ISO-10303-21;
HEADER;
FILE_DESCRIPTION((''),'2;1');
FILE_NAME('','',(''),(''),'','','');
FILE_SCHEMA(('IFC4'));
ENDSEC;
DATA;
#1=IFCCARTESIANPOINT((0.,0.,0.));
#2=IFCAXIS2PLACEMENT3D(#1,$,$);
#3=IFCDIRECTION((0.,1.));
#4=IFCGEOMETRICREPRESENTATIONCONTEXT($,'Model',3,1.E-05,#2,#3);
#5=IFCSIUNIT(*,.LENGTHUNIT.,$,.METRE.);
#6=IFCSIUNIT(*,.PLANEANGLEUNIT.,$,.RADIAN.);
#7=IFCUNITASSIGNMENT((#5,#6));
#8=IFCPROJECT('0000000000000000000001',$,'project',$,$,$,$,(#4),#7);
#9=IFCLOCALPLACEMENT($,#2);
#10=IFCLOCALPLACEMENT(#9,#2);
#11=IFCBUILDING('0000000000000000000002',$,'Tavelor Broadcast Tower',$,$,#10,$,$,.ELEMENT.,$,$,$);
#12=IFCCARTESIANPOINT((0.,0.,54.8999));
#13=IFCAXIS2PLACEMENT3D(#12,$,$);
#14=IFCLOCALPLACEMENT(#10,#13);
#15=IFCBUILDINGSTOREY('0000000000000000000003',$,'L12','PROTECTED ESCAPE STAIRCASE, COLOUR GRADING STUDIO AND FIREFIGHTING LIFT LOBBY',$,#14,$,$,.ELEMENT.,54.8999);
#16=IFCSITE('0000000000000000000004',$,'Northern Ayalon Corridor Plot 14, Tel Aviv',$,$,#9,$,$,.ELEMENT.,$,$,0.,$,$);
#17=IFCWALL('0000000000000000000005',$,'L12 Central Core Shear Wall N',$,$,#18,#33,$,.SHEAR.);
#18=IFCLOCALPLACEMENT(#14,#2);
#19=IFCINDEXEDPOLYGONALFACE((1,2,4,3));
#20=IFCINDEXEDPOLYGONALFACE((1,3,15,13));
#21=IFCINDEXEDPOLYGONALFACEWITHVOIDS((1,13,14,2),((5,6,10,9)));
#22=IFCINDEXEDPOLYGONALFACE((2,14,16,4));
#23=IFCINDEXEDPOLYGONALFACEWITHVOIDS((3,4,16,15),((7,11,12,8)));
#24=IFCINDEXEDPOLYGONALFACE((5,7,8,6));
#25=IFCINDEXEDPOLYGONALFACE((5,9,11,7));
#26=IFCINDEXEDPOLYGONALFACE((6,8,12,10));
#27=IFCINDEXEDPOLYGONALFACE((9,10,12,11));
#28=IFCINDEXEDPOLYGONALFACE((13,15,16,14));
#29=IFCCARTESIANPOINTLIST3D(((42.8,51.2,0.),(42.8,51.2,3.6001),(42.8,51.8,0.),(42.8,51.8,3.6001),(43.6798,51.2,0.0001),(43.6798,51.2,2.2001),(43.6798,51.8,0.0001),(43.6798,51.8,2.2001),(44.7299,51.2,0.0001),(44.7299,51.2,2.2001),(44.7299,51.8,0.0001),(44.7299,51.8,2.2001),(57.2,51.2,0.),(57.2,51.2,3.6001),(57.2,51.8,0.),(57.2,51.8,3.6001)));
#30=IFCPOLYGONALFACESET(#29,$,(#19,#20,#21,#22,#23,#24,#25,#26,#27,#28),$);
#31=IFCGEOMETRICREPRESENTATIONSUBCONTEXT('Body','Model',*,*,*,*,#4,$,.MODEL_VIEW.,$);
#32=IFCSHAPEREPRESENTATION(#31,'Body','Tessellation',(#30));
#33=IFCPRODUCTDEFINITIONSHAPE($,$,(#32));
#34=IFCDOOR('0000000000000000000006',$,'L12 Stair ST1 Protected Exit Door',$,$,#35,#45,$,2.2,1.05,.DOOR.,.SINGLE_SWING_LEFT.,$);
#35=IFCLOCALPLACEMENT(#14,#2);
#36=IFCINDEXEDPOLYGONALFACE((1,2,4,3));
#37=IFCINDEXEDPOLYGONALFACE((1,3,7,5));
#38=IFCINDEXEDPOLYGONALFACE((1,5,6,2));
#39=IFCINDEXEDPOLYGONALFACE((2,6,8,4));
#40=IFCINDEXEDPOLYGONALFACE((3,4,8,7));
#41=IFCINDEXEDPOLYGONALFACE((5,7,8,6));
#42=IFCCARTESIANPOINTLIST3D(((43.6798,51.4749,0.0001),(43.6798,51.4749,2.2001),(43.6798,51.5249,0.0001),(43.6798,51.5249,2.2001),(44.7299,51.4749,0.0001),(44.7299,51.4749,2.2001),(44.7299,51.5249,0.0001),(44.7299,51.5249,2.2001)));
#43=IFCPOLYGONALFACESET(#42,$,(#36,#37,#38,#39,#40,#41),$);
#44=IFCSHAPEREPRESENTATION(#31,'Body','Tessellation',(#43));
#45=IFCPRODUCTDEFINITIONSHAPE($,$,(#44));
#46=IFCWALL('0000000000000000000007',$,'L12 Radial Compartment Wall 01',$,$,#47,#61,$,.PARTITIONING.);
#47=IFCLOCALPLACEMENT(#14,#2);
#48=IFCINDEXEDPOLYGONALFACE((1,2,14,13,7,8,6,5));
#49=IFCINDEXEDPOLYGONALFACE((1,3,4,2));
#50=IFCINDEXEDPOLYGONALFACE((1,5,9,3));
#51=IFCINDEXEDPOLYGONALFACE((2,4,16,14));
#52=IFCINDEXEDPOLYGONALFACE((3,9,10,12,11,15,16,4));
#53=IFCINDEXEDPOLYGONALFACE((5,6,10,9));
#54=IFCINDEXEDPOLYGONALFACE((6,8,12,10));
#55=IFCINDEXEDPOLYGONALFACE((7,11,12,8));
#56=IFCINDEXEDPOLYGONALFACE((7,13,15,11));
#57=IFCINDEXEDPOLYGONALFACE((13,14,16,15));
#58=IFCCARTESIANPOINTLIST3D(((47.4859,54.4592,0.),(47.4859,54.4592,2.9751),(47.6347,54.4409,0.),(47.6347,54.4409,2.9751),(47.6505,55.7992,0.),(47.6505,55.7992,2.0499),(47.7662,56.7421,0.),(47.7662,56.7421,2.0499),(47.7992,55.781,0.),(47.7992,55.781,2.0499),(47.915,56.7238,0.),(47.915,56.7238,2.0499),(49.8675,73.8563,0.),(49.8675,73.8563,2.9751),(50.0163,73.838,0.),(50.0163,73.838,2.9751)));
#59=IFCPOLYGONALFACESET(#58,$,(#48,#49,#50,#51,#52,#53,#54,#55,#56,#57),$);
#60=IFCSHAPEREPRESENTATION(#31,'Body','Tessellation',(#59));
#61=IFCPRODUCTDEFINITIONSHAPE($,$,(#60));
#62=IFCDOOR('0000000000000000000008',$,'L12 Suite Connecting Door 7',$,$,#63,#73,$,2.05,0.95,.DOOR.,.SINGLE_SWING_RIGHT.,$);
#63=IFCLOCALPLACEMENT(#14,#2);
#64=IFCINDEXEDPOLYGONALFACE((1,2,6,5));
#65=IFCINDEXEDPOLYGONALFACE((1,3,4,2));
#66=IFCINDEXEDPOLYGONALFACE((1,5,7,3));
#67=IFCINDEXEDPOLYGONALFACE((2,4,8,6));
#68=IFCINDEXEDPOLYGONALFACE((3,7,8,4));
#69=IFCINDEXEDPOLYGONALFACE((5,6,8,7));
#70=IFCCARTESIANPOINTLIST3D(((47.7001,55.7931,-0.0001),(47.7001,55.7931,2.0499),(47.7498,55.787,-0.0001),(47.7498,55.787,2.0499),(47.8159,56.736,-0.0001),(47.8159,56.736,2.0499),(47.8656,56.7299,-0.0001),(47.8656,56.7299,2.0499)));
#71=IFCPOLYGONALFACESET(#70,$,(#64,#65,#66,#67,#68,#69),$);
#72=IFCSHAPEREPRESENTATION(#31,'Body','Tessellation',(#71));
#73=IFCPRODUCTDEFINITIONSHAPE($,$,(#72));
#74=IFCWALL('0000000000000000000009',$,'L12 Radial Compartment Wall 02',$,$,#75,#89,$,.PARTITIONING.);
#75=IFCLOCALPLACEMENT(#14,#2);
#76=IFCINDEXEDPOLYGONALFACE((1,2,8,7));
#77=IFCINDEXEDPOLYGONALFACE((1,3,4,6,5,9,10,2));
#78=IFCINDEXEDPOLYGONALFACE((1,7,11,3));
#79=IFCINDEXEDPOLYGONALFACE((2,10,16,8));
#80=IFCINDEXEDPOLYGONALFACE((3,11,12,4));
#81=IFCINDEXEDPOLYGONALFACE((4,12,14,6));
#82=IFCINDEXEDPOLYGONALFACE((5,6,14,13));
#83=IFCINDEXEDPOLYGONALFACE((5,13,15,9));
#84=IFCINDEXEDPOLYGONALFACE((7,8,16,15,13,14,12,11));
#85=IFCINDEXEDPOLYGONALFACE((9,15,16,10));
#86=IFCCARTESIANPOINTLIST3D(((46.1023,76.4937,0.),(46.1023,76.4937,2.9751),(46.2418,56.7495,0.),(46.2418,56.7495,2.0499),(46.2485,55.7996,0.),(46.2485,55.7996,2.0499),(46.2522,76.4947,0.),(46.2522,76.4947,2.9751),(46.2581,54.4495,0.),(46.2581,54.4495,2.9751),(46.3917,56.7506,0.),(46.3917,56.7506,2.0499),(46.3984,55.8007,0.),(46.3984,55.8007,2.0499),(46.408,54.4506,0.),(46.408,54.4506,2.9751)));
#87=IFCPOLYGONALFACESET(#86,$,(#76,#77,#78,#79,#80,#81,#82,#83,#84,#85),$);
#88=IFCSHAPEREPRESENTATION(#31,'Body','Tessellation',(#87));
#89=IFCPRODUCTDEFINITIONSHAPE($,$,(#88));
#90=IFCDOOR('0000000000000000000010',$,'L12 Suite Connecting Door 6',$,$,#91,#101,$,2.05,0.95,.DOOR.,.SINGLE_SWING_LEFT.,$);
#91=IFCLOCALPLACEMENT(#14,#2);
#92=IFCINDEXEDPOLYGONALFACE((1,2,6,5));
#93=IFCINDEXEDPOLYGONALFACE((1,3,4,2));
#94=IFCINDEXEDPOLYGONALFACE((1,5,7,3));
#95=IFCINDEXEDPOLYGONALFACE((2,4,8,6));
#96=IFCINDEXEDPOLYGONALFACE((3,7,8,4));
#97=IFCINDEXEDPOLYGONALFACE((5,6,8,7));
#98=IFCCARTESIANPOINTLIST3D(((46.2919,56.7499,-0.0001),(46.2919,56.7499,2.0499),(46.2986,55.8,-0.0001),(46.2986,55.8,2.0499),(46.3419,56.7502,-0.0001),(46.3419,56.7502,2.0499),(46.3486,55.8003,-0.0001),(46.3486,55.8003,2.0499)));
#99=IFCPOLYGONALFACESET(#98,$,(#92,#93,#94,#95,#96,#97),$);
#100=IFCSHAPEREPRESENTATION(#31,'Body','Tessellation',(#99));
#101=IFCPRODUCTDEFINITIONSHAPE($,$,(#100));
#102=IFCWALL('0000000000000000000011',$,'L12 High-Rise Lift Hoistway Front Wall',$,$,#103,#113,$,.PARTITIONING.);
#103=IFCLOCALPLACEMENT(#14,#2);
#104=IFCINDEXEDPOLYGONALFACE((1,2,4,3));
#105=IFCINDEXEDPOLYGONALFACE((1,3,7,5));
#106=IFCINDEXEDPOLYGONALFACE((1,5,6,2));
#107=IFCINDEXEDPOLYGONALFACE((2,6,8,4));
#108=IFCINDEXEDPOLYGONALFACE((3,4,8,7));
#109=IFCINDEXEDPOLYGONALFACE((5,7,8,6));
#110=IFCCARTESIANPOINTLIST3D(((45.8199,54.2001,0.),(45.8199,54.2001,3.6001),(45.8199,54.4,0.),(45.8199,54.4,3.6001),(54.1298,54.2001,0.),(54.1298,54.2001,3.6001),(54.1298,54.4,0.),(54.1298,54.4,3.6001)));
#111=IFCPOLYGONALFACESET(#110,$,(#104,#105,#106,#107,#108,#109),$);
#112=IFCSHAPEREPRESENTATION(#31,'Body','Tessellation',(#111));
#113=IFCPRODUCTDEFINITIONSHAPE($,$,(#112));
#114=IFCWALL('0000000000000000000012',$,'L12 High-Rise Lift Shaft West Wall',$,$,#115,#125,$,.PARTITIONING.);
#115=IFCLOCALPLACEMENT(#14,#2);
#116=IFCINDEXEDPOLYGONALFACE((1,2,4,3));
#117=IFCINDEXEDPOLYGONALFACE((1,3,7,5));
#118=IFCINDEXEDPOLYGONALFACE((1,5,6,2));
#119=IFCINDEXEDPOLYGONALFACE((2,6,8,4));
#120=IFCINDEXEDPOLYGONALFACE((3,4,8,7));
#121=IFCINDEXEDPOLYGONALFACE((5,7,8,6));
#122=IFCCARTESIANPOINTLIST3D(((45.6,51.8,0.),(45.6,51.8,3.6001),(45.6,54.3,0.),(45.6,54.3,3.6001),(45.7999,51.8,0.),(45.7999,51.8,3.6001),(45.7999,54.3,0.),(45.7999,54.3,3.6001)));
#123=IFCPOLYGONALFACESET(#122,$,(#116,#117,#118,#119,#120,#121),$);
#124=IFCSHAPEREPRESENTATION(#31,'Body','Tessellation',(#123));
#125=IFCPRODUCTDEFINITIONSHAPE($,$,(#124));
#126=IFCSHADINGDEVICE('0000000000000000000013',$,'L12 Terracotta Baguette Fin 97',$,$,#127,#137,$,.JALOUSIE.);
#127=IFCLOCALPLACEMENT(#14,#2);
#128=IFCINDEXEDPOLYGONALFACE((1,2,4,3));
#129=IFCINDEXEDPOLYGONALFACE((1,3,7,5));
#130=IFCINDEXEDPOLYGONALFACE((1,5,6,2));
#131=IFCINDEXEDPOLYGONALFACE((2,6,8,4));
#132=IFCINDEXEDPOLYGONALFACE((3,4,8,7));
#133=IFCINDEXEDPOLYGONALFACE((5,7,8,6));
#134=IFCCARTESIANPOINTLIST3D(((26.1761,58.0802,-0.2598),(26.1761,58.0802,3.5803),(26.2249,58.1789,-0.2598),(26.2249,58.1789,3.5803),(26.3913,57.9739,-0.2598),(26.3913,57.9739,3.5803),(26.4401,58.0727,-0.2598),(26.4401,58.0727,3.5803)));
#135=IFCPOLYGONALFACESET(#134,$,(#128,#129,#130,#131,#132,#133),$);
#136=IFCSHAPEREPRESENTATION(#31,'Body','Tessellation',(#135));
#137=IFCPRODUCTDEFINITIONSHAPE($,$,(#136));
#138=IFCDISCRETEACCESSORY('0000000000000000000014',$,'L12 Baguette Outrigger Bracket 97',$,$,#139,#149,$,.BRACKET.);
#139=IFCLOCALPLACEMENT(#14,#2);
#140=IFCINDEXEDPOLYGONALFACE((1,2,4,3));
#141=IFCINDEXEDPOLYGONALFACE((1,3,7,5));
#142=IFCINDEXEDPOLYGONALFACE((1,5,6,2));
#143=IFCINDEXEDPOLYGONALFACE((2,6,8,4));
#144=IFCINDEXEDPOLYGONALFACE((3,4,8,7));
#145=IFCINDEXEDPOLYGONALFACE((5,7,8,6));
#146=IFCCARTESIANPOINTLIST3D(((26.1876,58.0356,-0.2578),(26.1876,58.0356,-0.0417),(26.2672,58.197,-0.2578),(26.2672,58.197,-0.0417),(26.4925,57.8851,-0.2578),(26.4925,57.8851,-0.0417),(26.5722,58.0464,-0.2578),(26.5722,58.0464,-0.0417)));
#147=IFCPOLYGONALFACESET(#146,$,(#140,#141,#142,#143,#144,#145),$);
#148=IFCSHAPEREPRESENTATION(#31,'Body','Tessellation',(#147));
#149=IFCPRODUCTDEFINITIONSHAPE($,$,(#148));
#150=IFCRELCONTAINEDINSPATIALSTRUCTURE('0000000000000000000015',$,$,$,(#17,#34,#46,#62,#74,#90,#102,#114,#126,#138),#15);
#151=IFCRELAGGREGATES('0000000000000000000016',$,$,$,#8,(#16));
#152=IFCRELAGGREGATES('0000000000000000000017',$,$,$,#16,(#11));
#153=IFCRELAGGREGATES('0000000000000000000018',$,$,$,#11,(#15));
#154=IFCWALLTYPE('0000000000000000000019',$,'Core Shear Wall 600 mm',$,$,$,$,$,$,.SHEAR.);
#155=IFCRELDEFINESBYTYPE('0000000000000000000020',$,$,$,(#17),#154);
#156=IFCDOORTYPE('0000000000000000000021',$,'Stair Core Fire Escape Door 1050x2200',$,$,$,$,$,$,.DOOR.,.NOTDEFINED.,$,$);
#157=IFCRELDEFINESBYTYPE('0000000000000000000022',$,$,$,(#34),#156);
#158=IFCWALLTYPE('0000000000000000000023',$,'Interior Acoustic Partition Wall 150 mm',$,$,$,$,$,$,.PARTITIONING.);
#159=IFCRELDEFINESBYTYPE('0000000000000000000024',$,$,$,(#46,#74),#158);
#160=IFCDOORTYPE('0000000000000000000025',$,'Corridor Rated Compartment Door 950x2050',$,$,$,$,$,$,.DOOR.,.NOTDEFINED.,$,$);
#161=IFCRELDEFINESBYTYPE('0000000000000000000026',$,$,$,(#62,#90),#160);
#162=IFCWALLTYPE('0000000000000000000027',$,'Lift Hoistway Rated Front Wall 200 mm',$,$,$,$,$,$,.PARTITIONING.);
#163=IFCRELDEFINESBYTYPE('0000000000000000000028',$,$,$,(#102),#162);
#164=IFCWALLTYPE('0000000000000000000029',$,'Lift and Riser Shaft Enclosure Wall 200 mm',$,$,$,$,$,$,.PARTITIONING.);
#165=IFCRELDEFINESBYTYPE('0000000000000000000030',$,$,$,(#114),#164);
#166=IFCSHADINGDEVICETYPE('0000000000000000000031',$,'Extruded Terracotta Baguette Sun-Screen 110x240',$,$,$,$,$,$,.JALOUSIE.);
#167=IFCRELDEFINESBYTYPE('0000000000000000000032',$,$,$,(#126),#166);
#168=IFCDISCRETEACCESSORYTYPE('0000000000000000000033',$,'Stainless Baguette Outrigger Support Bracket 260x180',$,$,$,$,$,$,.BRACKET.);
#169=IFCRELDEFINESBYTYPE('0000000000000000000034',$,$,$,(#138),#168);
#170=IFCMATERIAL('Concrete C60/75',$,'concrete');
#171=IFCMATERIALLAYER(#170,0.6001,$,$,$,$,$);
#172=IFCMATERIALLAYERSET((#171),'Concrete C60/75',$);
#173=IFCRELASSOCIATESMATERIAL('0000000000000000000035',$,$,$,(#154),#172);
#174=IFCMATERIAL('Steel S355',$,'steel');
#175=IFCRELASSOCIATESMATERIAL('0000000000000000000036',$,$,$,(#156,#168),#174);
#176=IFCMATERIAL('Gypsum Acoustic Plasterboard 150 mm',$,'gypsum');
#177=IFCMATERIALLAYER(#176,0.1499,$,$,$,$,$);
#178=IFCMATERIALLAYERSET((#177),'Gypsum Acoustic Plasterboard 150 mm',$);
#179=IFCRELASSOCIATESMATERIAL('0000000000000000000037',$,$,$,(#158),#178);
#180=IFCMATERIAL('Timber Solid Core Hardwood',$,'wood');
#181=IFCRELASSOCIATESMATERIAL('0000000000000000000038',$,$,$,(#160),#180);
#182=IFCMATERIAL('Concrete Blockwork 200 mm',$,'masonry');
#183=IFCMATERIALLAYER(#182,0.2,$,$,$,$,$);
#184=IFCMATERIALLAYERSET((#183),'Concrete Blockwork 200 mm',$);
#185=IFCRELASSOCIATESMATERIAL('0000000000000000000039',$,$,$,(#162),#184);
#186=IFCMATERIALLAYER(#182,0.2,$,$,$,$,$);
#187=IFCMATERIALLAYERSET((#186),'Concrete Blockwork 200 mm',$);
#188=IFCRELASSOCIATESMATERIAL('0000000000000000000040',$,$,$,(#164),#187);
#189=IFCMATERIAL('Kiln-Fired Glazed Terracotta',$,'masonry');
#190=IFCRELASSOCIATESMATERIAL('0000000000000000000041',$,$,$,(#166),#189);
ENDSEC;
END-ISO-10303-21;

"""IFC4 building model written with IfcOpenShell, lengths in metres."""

from ifc_helpers import new_model, si_unit, direction, frame, frame_2d, origin, origin_2d, place, context, subcontext, project, spatial, rectangle, extrude, source, transform, mapped, material, layer, layer_set, type_object, type_shapes, element, fill, save


model = new_model("IFC4")

# Units and contexts
model_context = context("Model", 3, precision=1e-05, world=origin(), true_north=direction((0.0, 1.0)))
body_context = subcontext(model_context, "Body", "Model", "MODEL_VIEW")
ifc_project = project(units=[si_unit("LENGTHUNIT", "METRE"), si_unit("PLANEANGLEUNIT", "RADIAN")], contexts=[model_context])

# Site, building, storey
site_placement = place(None, origin())
site = spatial("IfcSite", under=ifc_project, at=site_placement, Name="Northern Ayalon Corridor Plot 14, Tel Aviv", CompositionType="ELEMENT", RefElevation=0.0)
building_placement = place(site_placement, origin())
building = spatial("IfcBuilding", under=site, at=building_placement, Name="Tavelor Broadcast Tower", CompositionType="ELEMENT")
storey_placement = place(building_placement, frame((0.0, 0.0, 54.8999)))
storey = spatial("IfcBuildingStorey", under=building, at=storey_placement, Name="L12", Description="PROTECTED ESCAPE STAIRCASE, COLOUR GRADING STUDIO AND FIREFIGHTING LIFT LOBBY", CompositionType="ELEMENT", Elevation=54.8999)

# Shared definitions
ifc_material_1 = material(Name="Steel S355", Category="steel")

# Walls, openings, doors
ifc_material_2 = material(Name="Concrete C60/75", Category="concrete")
ifc_layer_1 = layer(ifc_material_2, 0.6001)
ifc_layer_set_1 = layer_set([ifc_layer_1], Name="Concrete C60/75")
wall_type_1 = type_object("IfcWallType", Name="Core Shear Wall 600 mm", PredefinedType="SHEAR", material=ifc_layer_set_1)
wall_1_placement = place(storey_placement, frame((42.8, 51.5, 0.0), z_axis=(0.0, 0.0, 1.0), x_axis=(1.0, 0.0, 0.0)))
wall_1 = element("IfcWall", 1, at=wall_1_placement, inside=storey, type_object=wall_type_1, Name="L12 Central Core Shear Wall N", PredefinedType="SHEAR", context=body_context, shape_type="SweptSolid", body=[
    extrude(rectangle(XDim=14.3999, YDim=0.6001, at=frame_2d((7.2, 0.0))), origin(), (0.0, 0.0, 1.0), 3.6001),
])
opening_1_placement = place(wall_1_placement, frame((0.8799, 0.0, 0.0)))
opening_1 = element("IfcOpeningElement", 2, at=opening_1_placement, cuts=wall_1, PredefinedType="OPENING", context=body_context, shape_type="SweptSolid", body=[
    extrude(rectangle(XDim=1.05, YDim=2.2, at=frame_2d((0.5249, 1.1001))), frame((0.0, 0.3101, 0.0), z_axis=(0.0, -1.0, 0.0), x_axis=(1.0, 0.0, 0.0)), (0.0, 0.0, 1.0), 0.6201),
])
door_type_1 = type_object("IfcDoorType", Name="Stair Core Fire Escape Door 1050x2200", OperationType="NOTDEFINED", PredefinedType="DOOR", material=ifc_material_1)
door_1_placement = place(opening_1_placement, origin())
door_1 = element("IfcDoor", 3, at=door_1_placement, inside=storey, type_object=door_type_1, Name="L12 Stair ST1 Protected Exit Door", OperationType="SINGLE_SWING_LEFT", OverallHeight=2.2, OverallWidth=1.05, PredefinedType="DOOR", context=body_context, shape_type="SweptSolid", body=[
    extrude(rectangle(XDim=1.05, YDim=2.2, at=frame_2d((0.5249, 1.1001))), frame((0.0, 0.0249, 0.0), z_axis=(0.0, -1.0, 0.0), x_axis=(1.0, 0.0, 0.0)), (0.0, 0.0, 1.0), 0.05),
])
fill(opening_1, door_1)
ifc_material_3 = material(Name="Gypsum Acoustic Plasterboard 150 mm", Category="gypsum")
ifc_layer_2 = layer(ifc_material_3, 0.1499)
ifc_layer_set_2 = layer_set([ifc_layer_2], Name="Gypsum Acoustic Plasterboard 150 mm")
wall_type_2 = type_object("IfcWallType", Name="Interior Acoustic Partition Wall 150 mm", PredefinedType="PARTITIONING", material=ifc_layer_set_2)
wall_2_placement = place(storey_placement, frame((47.5603, 54.45, 0.0), z_axis=(0.0, 0.0, 1.0), x_axis=(0.121866, 0.992547, 0.0)))
wall_2 = element("IfcWall", 4, at=wall_2_placement, inside=storey, type_object=wall_type_2, Name="L12 Radial Compartment Wall 01", PredefinedType="PARTITIONING", context=body_context, shape_type="SweptSolid", body=[
    extrude(rectangle(XDim=19.5427, YDim=0.1499, at=frame_2d((9.7715, 0.0))), origin(), (0.0, 0.0, 1.0), 2.9751),
])
opening_2_placement = place(wall_2_placement, frame((1.3501, 0.0, 0.0)))
opening_2 = element("IfcOpeningElement", 5, at=opening_2_placement, cuts=wall_2, PredefinedType="OPENING", context=body_context, shape_type="SweptSolid", body=[
    extrude(rectangle(XDim=0.95, YDim=2.05, at=frame_2d((0.4751, 1.0249))), frame((0.0, 0.085, 0.0), z_axis=(0.0, -1.0, 0.0), x_axis=(1.0, 0.0, 0.0)), (0.0, 0.0, 1.0), 0.1699),
])
ifc_material_4 = material(Name="Timber Solid Core Hardwood", Category="wood")
door_type_2 = type_object("IfcDoorType", Name="Corridor Rated Compartment Door 950x2050", OperationType="NOTDEFINED", PredefinedType="DOOR", material=ifc_material_4)
door_2_placement = place(opening_2_placement, origin())
door_2 = element("IfcDoor", 6, at=door_2_placement, inside=storey, type_object=door_type_2, Name="L12 Suite Connecting Door 7", OperationType="SINGLE_SWING_RIGHT", OverallHeight=2.05, OverallWidth=0.95, PredefinedType="DOOR", context=body_context, shape_type="SweptSolid", body=[
    extrude(rectangle(XDim=0.95, YDim=2.05, at=frame_2d((0.4751, 1.0249))), frame((0.0, 0.0249, 0.0), z_axis=(0.0, -1.0, 0.0), x_axis=(1.0, 0.0, 0.0)), (0.0, 0.0, 1.0), 0.05),
])
fill(opening_2, door_2)
wall_3_placement = place(storey_placement, frame((46.333, 54.45, 0.0), z_axis=(0.0, 0.0, 1.0), x_axis=(-0.007066, 0.999975, 0.0)))
wall_3 = element("IfcWall", 7, at=wall_3_placement, inside=storey, type_object=wall_type_2, Name="L12 Radial Compartment Wall 02", PredefinedType="PARTITIONING", context=body_context, shape_type="SweptSolid", body=[
    extrude(rectangle(XDim=22.0447, YDim=0.1499, at=frame_2d((11.0225, 0.0))), origin(), (0.0, 0.0, 1.0), 2.9751),
])
opening_3_placement = place(wall_3_placement, frame((1.3501, 0.0, 0.0)))
opening_3 = element("IfcOpeningElement", 8, at=opening_3_placement, cuts=wall_3, PredefinedType="OPENING", context=body_context, shape_type="SweptSolid", body=[
    extrude(rectangle(XDim=0.95, YDim=2.05, at=frame_2d((0.4751, 1.0249))), frame((0.0, 0.085, 0.0), z_axis=(0.0, -1.0, 0.0), x_axis=(1.0, 0.0, 0.0)), (0.0, 0.0, 1.0), 0.1699),
])
door_3_placement = place(opening_3_placement, origin())
door_3 = element("IfcDoor", 9, at=door_3_placement, inside=storey, type_object=door_type_2, Name="L12 Suite Connecting Door 6", OperationType="SINGLE_SWING_LEFT", OverallHeight=2.05, OverallWidth=0.95, PredefinedType="DOOR", context=body_context, shape_type="SweptSolid", body=[
    extrude(rectangle(XDim=0.95, YDim=2.05, at=frame_2d((0.4751, 1.0249))), frame((0.0, 0.0249, 0.0), z_axis=(0.0, -1.0, 0.0), x_axis=(1.0, 0.0, 0.0)), (0.0, 0.0, 1.0), 0.05),
])
fill(opening_3, door_3)

# Walls
ifc_material_5 = material(Name="Concrete Blockwork 200 mm", Category="masonry")
ifc_layer_3 = layer(ifc_material_5, 0.2)
ifc_layer_set_3 = layer_set([ifc_layer_3], Name="Concrete Blockwork 200 mm")
wall_type_3 = type_object("IfcWallType", Name="Lift Hoistway Rated Front Wall 200 mm", PredefinedType="PARTITIONING", material=ifc_layer_set_3)
wall_4_placement = place(storey_placement, frame((45.8201, 54.3, 0.0), z_axis=(0.0, 0.0, 1.0), x_axis=(1.0, 0.0, 0.0)))
element("IfcWall", 10, at=wall_4_placement, inside=storey, type_object=wall_type_3, Name="L12 High-Rise Lift Hoistway Front Wall", PredefinedType="PARTITIONING", context=body_context, shape_type="SweptSolid", body=[
    extrude(rectangle(XDim=8.3098, YDim=0.2, at=frame_2d((4.1548, 0.0))), origin(), (0.0, 0.0, 1.0), 3.6001),
])
ifc_layer_4 = layer(ifc_material_5, 0.2)
ifc_layer_set_4 = layer_set([ifc_layer_4], Name="Concrete Blockwork 200 mm")
wall_type_4 = type_object("IfcWallType", Name="Lift and Riser Shaft Enclosure Wall 200 mm", PredefinedType="PARTITIONING", material=ifc_layer_set_4)
wall_5_placement = place(storey_placement, frame((45.7, 51.8, 0.0), z_axis=(0.0, 0.0, 1.0), x_axis=(0.0, 1.0, 0.0)))
element("IfcWall", 11, at=wall_5_placement, inside=storey, type_object=wall_type_4, Name="L12 High-Rise Lift Shaft West Wall", PredefinedType="PARTITIONING", context=body_context, shape_type="SweptSolid", body=[
    extrude(rectangle(XDim=2.5, YDim=0.2, at=frame_2d((1.25, 0.0))), origin(), (0.0, 0.0, 1.0), 3.6001),
])

# Shading device
ifc_material_6 = material(Name="Kiln-Fired Glazed Terracotta", Category="masonry")
shading_device_type = type_object("IfcShadingDeviceType", Name="Extruded Terracotta Baguette Sun-Screen 110x240", PredefinedType="JALOUSIE", material=ifc_material_6)
shared_shape_1 = source(origin(), body_context, "Body", "SweptSolid", [
    extrude(rectangle(XDim=0.1101, YDim=0.24, at=origin_2d()), origin(), (0.0, 0.0, 1.0), 3.8401),
])
type_shapes(shading_device_type, [shared_shape_1])
shading_device_placement = place(storey_placement, frame((26.3081, 58.0764, -0.2598), z_axis=(0.0, 0.0, 1.0), x_axis=(-0.442758, -0.896641, 0.0)))
element("IfcShadingDevice", 12, at=shading_device_placement, inside=storey, type_object=shading_device_type, Name="L12 Terracotta Baguette Fin 97", PredefinedType="JALOUSIE", context=body_context, shape_type="MappedRepresentation", body=[
    mapped(shared_shape_1, transform((0.0, 0.0, 0.0), scale=1.0)),
])

# Discrete accessory
discrete_accessory_type = type_object("IfcDiscreteAccessoryType", Name="Stainless Baguette Outrigger Support Bracket 260x180", PredefinedType="BRACKET", material=ifc_material_1)
shared_shape_2 = source(origin(), body_context, "Body", "SweptSolid", [
    extrude(rectangle(XDim=0.1799, YDim=0.3401, at=origin_2d()), origin(), (0.0, 0.0, 1.0), 0.2161),
])
type_shapes(discrete_accessory_type, [shared_shape_2])
discrete_accessory_placement = place(storey_placement, frame((26.3799, 58.041, -0.2578), z_axis=(0.0, 0.0, 1.0), x_axis=(-0.442758, -0.896641, 0.0)))
element("IfcDiscreteAccessory", 13, at=discrete_accessory_placement, inside=storey, type_object=discrete_accessory_type, Name="L12 Baguette Outrigger Bracket 97", PredefinedType="BRACKET", context=body_context, shape_type="MappedRepresentation", body=[
    mapped(shared_shape_2, transform((0.0, 0.0, 0.0), scale=1.0)),
])

save(model, "model.ifc")
